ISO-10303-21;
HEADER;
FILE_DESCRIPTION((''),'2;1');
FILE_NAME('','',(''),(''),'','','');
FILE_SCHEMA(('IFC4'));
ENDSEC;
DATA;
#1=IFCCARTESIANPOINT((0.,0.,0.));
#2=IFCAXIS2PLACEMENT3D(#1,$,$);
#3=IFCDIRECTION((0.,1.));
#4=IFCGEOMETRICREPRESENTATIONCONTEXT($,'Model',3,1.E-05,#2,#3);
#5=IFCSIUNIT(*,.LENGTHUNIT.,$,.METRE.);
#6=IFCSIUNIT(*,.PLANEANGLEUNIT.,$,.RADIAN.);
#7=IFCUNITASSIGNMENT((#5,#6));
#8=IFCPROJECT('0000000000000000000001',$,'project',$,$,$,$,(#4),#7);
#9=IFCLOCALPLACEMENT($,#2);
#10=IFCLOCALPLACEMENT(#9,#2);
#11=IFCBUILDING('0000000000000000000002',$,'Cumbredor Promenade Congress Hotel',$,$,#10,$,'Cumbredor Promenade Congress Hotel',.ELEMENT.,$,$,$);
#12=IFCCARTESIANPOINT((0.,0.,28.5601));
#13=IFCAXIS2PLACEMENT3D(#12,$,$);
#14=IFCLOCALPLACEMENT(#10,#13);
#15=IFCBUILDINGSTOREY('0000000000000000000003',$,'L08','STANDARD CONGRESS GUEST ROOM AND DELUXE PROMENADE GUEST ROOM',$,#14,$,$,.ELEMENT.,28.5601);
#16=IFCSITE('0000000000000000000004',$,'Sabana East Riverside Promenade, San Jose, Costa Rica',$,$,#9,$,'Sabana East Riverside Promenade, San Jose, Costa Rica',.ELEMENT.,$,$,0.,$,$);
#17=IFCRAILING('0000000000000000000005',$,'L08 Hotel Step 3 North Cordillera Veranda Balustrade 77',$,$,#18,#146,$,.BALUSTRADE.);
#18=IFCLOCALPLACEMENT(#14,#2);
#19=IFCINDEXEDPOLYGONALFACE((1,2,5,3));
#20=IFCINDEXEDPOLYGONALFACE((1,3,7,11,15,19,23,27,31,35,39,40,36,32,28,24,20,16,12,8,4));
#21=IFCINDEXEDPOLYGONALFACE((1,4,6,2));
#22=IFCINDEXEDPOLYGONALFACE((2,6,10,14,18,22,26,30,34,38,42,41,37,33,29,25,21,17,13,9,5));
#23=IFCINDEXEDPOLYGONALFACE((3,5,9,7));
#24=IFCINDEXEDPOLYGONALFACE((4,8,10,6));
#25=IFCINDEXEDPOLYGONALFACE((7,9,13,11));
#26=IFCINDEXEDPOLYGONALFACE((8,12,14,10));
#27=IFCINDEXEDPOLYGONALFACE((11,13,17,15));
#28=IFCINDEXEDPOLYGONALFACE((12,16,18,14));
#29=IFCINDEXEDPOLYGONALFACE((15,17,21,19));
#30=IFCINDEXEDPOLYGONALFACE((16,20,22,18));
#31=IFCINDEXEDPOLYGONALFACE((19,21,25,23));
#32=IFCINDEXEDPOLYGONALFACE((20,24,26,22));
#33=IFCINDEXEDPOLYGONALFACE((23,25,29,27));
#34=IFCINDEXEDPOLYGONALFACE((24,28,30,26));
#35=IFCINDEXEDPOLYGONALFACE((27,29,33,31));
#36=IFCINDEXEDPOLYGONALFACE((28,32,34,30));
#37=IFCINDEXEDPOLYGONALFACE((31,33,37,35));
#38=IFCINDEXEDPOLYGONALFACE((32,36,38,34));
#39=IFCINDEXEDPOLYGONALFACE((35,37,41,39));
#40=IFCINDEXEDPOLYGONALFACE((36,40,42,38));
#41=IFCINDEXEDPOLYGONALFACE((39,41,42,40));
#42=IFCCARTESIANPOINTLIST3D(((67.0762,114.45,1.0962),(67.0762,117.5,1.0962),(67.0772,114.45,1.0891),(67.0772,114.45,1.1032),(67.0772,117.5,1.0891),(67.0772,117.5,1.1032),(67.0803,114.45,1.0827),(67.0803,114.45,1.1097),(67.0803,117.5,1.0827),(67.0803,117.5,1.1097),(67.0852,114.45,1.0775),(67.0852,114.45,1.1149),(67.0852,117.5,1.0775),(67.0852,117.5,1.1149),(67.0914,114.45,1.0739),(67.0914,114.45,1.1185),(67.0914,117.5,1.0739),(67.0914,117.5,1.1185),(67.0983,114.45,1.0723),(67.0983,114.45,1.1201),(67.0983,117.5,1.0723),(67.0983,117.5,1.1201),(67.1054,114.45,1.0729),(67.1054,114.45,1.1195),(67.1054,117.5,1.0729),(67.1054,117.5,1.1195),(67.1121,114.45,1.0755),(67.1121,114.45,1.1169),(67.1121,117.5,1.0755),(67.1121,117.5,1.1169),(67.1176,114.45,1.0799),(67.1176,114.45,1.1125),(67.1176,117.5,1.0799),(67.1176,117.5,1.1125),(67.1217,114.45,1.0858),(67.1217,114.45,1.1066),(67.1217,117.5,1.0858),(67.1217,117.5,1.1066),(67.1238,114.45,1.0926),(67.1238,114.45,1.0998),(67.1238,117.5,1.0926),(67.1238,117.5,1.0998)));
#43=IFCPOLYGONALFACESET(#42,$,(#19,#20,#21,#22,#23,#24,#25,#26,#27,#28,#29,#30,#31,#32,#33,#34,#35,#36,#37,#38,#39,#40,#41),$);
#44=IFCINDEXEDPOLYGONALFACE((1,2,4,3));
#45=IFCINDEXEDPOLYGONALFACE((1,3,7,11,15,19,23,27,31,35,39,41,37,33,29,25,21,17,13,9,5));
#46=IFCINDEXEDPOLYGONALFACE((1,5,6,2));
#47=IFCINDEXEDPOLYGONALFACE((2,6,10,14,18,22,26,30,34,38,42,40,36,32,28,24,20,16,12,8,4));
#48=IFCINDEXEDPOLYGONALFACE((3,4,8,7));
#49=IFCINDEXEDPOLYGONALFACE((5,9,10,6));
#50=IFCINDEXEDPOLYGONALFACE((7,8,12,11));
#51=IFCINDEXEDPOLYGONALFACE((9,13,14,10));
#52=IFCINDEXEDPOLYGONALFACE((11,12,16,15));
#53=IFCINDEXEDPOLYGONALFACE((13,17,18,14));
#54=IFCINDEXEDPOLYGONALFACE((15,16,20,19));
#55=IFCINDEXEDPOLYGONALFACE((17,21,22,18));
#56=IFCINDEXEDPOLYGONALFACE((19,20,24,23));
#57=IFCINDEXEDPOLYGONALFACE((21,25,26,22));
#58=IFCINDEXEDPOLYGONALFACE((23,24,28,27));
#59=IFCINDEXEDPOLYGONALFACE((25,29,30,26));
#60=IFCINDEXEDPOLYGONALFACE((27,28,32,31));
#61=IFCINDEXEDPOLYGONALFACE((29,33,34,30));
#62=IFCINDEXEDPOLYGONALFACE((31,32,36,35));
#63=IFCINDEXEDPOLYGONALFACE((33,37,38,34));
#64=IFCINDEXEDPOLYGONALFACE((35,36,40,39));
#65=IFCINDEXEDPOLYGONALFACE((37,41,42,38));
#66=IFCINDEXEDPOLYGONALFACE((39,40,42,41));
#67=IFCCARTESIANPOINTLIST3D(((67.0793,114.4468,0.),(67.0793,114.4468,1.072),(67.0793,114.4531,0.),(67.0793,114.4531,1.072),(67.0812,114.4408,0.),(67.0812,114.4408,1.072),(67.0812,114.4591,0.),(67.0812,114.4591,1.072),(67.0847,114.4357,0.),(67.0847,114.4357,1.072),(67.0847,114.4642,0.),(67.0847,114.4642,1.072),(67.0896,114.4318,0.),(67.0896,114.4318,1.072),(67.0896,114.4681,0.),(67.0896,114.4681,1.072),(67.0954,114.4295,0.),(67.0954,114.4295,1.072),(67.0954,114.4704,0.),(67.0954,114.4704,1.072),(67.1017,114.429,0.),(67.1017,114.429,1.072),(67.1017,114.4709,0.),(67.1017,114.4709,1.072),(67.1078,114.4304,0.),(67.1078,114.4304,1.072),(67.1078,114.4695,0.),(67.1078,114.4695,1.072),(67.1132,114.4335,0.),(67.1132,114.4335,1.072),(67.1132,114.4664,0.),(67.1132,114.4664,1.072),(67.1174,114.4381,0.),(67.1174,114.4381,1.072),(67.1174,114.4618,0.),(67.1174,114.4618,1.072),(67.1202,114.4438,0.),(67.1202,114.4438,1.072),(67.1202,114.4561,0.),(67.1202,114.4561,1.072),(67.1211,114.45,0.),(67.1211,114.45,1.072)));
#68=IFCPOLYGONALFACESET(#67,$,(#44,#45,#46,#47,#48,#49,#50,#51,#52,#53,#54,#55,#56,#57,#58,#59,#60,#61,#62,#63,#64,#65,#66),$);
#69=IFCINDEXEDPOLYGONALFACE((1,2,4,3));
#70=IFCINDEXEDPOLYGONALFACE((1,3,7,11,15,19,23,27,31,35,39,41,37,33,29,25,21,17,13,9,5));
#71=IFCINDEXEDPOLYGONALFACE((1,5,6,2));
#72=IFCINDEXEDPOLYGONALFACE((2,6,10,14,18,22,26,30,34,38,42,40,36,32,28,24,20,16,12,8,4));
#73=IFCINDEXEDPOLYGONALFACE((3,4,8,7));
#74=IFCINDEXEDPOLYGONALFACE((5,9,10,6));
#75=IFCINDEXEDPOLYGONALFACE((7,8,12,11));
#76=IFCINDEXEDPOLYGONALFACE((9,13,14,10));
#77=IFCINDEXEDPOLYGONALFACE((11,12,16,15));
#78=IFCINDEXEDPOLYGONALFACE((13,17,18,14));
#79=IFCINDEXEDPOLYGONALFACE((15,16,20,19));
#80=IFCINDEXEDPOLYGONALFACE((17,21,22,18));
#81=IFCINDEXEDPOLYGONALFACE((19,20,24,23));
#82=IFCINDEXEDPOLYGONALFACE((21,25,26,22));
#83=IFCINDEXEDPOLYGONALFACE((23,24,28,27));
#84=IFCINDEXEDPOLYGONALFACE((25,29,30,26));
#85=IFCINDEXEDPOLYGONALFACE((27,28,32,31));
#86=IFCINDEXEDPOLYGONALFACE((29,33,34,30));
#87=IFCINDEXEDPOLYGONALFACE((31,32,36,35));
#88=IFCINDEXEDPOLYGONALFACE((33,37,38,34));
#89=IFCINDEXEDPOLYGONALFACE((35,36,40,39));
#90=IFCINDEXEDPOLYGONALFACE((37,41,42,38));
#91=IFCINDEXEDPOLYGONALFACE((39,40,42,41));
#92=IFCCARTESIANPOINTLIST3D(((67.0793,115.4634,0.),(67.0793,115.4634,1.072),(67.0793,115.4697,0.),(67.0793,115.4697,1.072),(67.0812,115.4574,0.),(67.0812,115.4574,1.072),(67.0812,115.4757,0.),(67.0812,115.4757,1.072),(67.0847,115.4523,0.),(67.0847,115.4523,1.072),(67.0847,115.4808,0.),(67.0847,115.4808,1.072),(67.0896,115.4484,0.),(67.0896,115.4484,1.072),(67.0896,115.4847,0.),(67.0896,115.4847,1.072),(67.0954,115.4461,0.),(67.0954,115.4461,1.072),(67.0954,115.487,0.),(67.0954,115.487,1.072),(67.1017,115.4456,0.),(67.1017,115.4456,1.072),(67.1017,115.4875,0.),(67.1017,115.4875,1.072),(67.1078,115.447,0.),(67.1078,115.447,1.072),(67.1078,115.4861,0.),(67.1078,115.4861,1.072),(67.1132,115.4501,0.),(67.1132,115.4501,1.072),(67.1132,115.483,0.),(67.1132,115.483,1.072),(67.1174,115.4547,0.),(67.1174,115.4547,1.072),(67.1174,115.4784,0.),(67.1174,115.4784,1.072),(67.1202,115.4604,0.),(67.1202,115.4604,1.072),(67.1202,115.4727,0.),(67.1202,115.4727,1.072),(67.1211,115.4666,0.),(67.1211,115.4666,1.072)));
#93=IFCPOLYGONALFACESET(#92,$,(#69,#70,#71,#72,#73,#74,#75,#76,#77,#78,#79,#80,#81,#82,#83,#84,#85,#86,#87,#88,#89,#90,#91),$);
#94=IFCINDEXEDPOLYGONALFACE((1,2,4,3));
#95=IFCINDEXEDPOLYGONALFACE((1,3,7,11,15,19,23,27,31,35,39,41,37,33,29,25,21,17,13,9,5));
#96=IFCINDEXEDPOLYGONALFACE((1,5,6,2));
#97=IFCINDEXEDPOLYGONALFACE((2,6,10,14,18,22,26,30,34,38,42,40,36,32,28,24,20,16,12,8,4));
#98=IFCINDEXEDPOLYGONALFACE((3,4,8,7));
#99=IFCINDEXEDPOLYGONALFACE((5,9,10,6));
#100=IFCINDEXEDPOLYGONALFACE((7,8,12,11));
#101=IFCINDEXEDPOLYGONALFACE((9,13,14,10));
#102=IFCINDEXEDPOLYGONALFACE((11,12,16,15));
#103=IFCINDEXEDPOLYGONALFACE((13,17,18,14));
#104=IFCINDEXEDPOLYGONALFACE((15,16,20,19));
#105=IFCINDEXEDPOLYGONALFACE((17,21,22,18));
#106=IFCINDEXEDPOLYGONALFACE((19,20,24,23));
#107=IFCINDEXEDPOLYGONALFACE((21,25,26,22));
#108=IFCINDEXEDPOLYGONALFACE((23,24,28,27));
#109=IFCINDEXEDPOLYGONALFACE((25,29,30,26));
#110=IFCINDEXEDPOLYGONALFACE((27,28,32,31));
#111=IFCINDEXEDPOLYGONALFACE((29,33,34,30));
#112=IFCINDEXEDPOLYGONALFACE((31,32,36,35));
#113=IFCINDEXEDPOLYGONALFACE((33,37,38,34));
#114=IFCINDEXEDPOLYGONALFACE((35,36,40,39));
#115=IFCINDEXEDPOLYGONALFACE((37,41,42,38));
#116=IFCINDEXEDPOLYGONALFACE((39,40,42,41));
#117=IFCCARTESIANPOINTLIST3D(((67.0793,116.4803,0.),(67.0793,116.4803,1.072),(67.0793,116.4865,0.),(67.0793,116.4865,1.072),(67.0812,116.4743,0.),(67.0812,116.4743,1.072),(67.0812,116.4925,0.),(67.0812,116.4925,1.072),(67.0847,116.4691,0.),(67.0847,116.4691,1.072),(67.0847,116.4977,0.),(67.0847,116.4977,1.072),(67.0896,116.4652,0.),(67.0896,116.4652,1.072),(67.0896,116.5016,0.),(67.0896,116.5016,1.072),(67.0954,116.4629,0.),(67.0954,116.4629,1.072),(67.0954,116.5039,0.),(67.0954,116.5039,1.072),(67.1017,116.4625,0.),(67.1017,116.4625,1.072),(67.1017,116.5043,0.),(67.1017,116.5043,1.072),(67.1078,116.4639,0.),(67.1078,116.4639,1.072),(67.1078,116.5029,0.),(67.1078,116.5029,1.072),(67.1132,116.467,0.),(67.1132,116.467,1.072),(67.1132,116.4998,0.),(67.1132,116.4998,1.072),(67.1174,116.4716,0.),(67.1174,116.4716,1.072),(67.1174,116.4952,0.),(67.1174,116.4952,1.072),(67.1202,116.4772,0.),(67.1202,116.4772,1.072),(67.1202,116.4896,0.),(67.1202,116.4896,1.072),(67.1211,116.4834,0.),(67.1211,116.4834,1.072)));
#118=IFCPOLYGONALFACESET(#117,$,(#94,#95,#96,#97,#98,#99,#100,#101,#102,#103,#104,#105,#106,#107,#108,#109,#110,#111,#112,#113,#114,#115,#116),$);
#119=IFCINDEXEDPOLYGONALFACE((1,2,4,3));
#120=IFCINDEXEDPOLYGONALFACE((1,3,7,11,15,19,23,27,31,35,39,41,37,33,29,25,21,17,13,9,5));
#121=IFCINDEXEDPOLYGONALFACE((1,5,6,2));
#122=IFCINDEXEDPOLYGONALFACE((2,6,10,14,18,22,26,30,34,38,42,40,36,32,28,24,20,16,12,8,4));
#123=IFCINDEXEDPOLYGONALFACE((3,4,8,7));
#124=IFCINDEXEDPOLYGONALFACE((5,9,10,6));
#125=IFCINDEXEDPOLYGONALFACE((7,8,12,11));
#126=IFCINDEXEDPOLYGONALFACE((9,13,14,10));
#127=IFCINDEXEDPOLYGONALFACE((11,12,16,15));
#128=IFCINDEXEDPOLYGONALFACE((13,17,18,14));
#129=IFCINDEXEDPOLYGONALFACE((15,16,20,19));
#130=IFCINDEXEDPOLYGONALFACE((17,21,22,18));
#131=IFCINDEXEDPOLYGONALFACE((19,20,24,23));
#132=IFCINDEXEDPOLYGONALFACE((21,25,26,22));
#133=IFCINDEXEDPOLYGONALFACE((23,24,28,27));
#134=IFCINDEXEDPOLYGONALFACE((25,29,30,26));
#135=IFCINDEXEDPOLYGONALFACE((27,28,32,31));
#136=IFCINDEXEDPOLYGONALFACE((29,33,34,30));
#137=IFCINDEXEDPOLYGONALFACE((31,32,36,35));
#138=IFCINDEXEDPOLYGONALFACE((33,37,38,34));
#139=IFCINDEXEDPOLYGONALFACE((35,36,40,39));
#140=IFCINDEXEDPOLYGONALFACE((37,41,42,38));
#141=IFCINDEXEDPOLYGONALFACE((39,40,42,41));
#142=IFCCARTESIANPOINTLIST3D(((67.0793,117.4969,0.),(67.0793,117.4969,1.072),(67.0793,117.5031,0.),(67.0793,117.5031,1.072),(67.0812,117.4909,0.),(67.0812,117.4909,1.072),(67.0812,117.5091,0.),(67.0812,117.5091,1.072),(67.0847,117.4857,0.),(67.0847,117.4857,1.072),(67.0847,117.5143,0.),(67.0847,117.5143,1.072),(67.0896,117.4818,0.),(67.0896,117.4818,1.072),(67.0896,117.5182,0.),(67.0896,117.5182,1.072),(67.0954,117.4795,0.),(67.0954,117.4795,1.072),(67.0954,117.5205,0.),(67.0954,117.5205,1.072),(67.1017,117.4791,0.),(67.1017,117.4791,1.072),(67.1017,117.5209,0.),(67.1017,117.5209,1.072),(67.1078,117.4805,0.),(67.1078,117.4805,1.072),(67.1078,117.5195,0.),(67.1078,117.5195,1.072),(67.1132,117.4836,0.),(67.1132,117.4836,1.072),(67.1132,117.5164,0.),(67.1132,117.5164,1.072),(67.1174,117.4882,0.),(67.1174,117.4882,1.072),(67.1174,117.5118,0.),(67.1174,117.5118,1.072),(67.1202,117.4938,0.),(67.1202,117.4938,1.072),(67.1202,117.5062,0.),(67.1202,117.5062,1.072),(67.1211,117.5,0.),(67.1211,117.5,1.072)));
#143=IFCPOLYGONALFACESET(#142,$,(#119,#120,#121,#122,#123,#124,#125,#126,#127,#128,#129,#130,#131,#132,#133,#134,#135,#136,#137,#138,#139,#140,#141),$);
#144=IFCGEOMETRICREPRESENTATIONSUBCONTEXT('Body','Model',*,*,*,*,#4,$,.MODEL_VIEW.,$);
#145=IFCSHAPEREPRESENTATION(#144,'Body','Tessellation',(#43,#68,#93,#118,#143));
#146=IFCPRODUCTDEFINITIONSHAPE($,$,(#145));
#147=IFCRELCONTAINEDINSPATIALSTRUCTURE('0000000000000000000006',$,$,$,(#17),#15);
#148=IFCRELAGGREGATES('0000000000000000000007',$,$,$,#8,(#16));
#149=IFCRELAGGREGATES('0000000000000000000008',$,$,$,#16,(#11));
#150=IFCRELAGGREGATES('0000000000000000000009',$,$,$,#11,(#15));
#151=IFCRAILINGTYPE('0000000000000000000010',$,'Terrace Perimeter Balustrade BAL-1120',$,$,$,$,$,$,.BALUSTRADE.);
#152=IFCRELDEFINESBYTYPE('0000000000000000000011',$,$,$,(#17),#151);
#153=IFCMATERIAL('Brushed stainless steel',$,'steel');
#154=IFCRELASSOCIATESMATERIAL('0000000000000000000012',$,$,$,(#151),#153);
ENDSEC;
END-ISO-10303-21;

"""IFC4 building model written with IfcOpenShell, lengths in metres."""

from ifc_helpers import new_model, si_unit, direction, frame, origin, origin_2d, place, context, subcontext, project, spatial, circle, extrude, material, type_object, element, save


model = new_model("IFC4")

# Units and contexts
model_context = context("Model", 3, precision=1e-05, world=origin(), true_north=direction((0.0, 1.0)))
body_context = subcontext(model_context, "Body", "Model", "MODEL_VIEW")
ifc_project = project(units=[si_unit("LENGTHUNIT", "METRE"), si_unit("PLANEANGLEUNIT", "RADIAN")], contexts=[model_context])

# Site, building, storey
site_placement = place(None, origin())
site = spatial("IfcSite", under=ifc_project, at=site_placement, Name="Sabana East Riverside Promenade, San Jose, Costa Rica", LongName="Sabana East Riverside Promenade, San Jose, Costa Rica", CompositionType="ELEMENT", RefElevation=0.0)
building_placement = place(site_placement, origin())
building = spatial("IfcBuilding", under=site, at=building_placement, Name="Cumbredor Promenade Congress Hotel", LongName="Cumbredor Promenade Congress Hotel", CompositionType="ELEMENT")
storey_placement = place(building_placement, frame((0.0, 0.0, 28.5601)))
storey = spatial("IfcBuildingStorey", under=building, at=storey_placement, Name="L08", Description="STANDARD CONGRESS GUEST ROOM AND DELUXE PROMENADE GUEST ROOM", CompositionType="ELEMENT", Elevation=28.5601)

# Railing
ifc_material_1 = material(Name="Brushed stainless steel", Category="steel")
railing_type = type_object("IfcRailingType", Name="Terrace Perimeter Balustrade BAL-1120", PredefinedType="BALUSTRADE", material=ifc_material_1)
railing_placement = place(storey_placement, frame((67.1001, 114.45, 0.0)))
element("IfcRailing", 1, at=railing_placement, inside=storey, type_object=railing_type, Name="L08 Hotel Step 3 North Cordillera Veranda Balustrade 77", PredefinedType="BALUSTRADE", context=body_context, shape_type="SweptSolid", body=[
    extrude(circle(Radius=0.0239, at=origin_2d()), frame((0.0, 0.0, 1.0962), z_axis=(0.0, 1.0, 0.0), x_axis=(-1.0, 0.0, 0.0)), (0.0, 0.0, 1.0), 3.05),
    extrude(circle(Radius=0.021, at=origin_2d()), origin(), (0.0, 0.0, 1.0), 1.072),
    extrude(circle(Radius=0.021, at=origin_2d()), frame((0.0, 1.0166, 0.0)), (0.0, 0.0, 1.0), 1.072),
    extrude(circle(Radius=0.021, at=origin_2d()), frame((0.0, 2.0334, 0.0)), (0.0, 0.0, 1.0), 1.072),
    extrude(circle(Radius=0.021, at=origin_2d()), frame((0.0, 3.05, 0.0)), (0.0, 0.0, 1.0), 1.072),
])

save(model, "model.ifc")
